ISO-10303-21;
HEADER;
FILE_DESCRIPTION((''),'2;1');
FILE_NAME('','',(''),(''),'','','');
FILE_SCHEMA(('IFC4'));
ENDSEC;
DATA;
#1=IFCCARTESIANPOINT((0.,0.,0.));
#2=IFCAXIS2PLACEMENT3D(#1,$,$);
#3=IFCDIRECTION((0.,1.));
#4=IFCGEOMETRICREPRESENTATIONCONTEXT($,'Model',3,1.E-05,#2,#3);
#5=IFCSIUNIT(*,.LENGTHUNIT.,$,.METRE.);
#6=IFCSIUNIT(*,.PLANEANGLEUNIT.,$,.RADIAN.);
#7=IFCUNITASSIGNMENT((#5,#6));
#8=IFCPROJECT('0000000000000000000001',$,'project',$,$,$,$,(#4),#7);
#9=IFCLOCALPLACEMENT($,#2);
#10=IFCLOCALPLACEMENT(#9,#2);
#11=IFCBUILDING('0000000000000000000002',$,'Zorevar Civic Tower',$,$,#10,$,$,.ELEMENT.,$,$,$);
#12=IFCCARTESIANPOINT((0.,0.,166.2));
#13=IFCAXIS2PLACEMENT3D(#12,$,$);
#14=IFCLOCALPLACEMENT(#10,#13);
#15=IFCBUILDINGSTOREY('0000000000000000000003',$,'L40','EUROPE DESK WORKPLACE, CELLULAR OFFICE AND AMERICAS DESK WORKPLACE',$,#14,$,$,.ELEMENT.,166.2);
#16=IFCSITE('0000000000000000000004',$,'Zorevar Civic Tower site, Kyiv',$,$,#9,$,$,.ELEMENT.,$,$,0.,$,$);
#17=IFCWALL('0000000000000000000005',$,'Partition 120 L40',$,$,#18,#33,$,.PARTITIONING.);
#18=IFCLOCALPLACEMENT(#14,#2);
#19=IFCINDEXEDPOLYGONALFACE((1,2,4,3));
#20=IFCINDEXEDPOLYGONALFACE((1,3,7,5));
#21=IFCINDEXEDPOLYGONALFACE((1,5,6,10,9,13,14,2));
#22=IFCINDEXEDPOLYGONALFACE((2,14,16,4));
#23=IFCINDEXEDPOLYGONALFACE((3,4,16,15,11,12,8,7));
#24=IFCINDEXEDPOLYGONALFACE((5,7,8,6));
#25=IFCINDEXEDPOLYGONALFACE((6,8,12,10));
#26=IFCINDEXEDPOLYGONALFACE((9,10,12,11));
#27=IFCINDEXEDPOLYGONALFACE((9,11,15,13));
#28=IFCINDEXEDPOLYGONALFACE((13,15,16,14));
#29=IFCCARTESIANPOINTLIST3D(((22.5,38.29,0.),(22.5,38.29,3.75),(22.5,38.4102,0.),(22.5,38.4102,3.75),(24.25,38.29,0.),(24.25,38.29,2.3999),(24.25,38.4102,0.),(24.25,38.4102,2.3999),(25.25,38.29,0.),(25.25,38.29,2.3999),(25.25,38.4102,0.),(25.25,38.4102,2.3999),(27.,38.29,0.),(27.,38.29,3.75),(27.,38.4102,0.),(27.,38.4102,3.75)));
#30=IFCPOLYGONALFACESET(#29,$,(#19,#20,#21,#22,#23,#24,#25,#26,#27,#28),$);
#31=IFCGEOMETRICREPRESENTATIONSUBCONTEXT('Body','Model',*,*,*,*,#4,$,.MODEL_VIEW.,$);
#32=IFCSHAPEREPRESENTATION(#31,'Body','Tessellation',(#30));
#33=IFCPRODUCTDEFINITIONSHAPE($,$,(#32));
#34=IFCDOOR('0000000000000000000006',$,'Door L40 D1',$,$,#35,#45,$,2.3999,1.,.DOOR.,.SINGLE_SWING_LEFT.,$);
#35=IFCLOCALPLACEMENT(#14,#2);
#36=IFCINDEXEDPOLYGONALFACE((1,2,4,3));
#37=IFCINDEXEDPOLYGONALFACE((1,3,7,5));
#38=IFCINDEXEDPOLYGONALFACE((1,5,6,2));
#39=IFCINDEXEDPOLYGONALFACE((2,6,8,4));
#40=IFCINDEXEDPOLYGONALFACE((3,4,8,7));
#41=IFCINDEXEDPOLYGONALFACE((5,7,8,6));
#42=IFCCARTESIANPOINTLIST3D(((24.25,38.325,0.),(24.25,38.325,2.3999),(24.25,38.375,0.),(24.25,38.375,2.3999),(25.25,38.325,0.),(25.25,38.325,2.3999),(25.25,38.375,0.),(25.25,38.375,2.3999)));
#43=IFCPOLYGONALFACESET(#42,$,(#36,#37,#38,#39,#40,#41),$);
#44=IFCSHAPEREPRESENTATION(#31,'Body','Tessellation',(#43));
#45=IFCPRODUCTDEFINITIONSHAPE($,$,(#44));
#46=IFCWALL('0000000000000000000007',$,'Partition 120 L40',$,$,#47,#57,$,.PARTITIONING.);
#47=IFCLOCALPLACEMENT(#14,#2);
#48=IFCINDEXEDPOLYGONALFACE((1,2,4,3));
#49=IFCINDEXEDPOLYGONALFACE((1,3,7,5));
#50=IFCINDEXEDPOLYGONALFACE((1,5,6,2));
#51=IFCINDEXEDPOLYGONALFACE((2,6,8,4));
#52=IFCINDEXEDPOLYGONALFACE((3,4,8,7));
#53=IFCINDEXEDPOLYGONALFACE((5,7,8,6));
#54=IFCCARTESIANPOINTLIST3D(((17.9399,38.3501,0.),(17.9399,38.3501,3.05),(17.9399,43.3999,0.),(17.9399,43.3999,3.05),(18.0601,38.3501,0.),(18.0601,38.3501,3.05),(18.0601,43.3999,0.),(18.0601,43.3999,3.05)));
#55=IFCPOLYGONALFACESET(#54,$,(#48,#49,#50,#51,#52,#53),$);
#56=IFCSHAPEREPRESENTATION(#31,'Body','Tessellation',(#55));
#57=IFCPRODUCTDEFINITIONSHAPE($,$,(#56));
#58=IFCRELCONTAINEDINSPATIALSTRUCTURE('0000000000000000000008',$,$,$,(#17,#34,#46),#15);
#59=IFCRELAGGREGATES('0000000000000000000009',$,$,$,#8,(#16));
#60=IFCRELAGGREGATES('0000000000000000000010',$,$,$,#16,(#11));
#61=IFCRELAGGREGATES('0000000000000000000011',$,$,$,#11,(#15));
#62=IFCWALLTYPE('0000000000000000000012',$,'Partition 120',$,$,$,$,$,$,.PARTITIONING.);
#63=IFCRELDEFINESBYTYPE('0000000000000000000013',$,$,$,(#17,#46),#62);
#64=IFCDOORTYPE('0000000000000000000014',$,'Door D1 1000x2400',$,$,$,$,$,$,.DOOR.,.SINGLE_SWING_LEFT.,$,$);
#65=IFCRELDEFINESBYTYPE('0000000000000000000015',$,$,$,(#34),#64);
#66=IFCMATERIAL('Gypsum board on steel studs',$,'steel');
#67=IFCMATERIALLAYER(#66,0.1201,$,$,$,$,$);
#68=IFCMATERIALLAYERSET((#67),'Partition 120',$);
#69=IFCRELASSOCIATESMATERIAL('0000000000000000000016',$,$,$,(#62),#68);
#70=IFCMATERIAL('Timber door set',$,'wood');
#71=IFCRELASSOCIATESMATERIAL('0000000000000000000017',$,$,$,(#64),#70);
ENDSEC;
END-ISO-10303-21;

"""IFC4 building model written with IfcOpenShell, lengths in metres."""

from ifc_helpers import new_model, si_unit, direction, frame, frame_2d, origin, place, context, subcontext, project, spatial, rectangle, extrude, material, layer, layer_set, type_object, element, fill, save


model = new_model("IFC4")

# Units and contexts
model_context = context("Model", 3, precision=1e-05, world=origin(), true_north=direction((0.0, 1.0)))
body_context = subcontext(model_context, "Body", "Model", "MODEL_VIEW")
ifc_project = project(units=[si_unit("LENGTHUNIT", "METRE"), si_unit("PLANEANGLEUNIT", "RADIAN")], contexts=[model_context])

# Site, building, storey
site_placement = place(None, origin())
site = spatial("IfcSite", under=ifc_project, at=site_placement, Name="Zorevar Civic Tower site, Kyiv", CompositionType="ELEMENT", RefElevation=0.0)
building_placement = place(site_placement, origin())
building = spatial("IfcBuilding", under=site, at=building_placement, Name="Zorevar Civic Tower", CompositionType="ELEMENT")
storey_placement = place(building_placement, frame((0.0, 0.0, 166.2)))
storey = spatial("IfcBuildingStorey", under=building, at=storey_placement, Name="L40", Description="EUROPE DESK WORKPLACE, CELLULAR OFFICE AND AMERICAS DESK WORKPLACE", CompositionType="ELEMENT", Elevation=166.2)

# Wall, opening, door
ifc_material_1 = material(Name="Gypsum board on steel studs", Category="steel")
ifc_layer_1 = layer(ifc_material_1, 0.1201)
ifc_layer_set_1 = layer_set([ifc_layer_1], Name="Partition 120")
wall_type_1 = type_object("IfcWallType", Name="Partition 120", PredefinedType="PARTITIONING", material=ifc_layer_set_1)
wall_1_placement = place(storey_placement, frame((22.5, 38.3501, 0.0), z_axis=(0.0, 0.0, 1.0), x_axis=(1.0, 0.0, 0.0)))
wall_1 = element("IfcWall", 1, at=wall_1_placement, inside=storey, type_object=wall_type_1, Name="Partition 120 L40", PredefinedType="PARTITIONING", context=body_context, shape_type="SweptSolid", body=[
    extrude(rectangle(XDim=4.5, YDim=0.1201, at=frame_2d((2.25, 0.0))), origin(), (0.0, 0.0, 1.0), 3.75),
])
opening_1_placement = place(wall_1_placement, frame((1.75, 0.0, 0.0)))
opening_1 = element("IfcOpeningElement", 2, at=opening_1_placement, cuts=wall_1, PredefinedType="OPENING", context=body_context, shape_type="SweptSolid", body=[
    extrude(rectangle(XDim=1.0, YDim=2.3999, at=frame_2d((0.5, 1.2))), frame((0.0, 0.0701, 0.0), z_axis=(0.0, -1.0, 0.0), x_axis=(1.0, 0.0, 0.0)), (0.0, 0.0, 1.0), 0.1401),
])
ifc_material_2 = material(Name="Timber door set", Category="wood")
door_type_1 = type_object("IfcDoorType", Name="Door D1 1000x2400", OperationType="SINGLE_SWING_LEFT", PredefinedType="DOOR", material=ifc_material_2)
door_1_placement = place(opening_1_placement, origin())
door_1 = element("IfcDoor", 3, at=door_1_placement, inside=storey, type_object=door_type_1, Name="Door L40 D1", OperationType="SINGLE_SWING_LEFT", OverallHeight=2.3999, OverallWidth=1.0, PredefinedType="DOOR", context=body_context, shape_type="SweptSolid", body=[
    extrude(rectangle(XDim=1.0, YDim=2.3999, at=frame_2d((0.5, 1.2))), frame((0.0, 0.0249, 0.0), z_axis=(0.0, -1.0, 0.0), x_axis=(1.0, 0.0, 0.0)), (0.0, 0.0, 1.0), 0.05),
])
fill(opening_1, door_1)

# Wall
wall_2_placement = place(storey_placement, frame((18.0, 38.3501, 0.0), z_axis=(0.0, 0.0, 1.0), x_axis=(0.0, 1.0, 0.0)))
element("IfcWall", 4, at=wall_2_placement, inside=storey, type_object=wall_type_1, Name="Partition 120 L40", PredefinedType="PARTITIONING", context=body_context, shape_type="SweptSolid", body=[
    extrude(rectangle(XDim=5.0498, YDim=0.1201, at=frame_2d((2.5249, 0.0))), origin(), (0.0, 0.0, 1.0), 3.05),
])

save(model, "model.ifc")
